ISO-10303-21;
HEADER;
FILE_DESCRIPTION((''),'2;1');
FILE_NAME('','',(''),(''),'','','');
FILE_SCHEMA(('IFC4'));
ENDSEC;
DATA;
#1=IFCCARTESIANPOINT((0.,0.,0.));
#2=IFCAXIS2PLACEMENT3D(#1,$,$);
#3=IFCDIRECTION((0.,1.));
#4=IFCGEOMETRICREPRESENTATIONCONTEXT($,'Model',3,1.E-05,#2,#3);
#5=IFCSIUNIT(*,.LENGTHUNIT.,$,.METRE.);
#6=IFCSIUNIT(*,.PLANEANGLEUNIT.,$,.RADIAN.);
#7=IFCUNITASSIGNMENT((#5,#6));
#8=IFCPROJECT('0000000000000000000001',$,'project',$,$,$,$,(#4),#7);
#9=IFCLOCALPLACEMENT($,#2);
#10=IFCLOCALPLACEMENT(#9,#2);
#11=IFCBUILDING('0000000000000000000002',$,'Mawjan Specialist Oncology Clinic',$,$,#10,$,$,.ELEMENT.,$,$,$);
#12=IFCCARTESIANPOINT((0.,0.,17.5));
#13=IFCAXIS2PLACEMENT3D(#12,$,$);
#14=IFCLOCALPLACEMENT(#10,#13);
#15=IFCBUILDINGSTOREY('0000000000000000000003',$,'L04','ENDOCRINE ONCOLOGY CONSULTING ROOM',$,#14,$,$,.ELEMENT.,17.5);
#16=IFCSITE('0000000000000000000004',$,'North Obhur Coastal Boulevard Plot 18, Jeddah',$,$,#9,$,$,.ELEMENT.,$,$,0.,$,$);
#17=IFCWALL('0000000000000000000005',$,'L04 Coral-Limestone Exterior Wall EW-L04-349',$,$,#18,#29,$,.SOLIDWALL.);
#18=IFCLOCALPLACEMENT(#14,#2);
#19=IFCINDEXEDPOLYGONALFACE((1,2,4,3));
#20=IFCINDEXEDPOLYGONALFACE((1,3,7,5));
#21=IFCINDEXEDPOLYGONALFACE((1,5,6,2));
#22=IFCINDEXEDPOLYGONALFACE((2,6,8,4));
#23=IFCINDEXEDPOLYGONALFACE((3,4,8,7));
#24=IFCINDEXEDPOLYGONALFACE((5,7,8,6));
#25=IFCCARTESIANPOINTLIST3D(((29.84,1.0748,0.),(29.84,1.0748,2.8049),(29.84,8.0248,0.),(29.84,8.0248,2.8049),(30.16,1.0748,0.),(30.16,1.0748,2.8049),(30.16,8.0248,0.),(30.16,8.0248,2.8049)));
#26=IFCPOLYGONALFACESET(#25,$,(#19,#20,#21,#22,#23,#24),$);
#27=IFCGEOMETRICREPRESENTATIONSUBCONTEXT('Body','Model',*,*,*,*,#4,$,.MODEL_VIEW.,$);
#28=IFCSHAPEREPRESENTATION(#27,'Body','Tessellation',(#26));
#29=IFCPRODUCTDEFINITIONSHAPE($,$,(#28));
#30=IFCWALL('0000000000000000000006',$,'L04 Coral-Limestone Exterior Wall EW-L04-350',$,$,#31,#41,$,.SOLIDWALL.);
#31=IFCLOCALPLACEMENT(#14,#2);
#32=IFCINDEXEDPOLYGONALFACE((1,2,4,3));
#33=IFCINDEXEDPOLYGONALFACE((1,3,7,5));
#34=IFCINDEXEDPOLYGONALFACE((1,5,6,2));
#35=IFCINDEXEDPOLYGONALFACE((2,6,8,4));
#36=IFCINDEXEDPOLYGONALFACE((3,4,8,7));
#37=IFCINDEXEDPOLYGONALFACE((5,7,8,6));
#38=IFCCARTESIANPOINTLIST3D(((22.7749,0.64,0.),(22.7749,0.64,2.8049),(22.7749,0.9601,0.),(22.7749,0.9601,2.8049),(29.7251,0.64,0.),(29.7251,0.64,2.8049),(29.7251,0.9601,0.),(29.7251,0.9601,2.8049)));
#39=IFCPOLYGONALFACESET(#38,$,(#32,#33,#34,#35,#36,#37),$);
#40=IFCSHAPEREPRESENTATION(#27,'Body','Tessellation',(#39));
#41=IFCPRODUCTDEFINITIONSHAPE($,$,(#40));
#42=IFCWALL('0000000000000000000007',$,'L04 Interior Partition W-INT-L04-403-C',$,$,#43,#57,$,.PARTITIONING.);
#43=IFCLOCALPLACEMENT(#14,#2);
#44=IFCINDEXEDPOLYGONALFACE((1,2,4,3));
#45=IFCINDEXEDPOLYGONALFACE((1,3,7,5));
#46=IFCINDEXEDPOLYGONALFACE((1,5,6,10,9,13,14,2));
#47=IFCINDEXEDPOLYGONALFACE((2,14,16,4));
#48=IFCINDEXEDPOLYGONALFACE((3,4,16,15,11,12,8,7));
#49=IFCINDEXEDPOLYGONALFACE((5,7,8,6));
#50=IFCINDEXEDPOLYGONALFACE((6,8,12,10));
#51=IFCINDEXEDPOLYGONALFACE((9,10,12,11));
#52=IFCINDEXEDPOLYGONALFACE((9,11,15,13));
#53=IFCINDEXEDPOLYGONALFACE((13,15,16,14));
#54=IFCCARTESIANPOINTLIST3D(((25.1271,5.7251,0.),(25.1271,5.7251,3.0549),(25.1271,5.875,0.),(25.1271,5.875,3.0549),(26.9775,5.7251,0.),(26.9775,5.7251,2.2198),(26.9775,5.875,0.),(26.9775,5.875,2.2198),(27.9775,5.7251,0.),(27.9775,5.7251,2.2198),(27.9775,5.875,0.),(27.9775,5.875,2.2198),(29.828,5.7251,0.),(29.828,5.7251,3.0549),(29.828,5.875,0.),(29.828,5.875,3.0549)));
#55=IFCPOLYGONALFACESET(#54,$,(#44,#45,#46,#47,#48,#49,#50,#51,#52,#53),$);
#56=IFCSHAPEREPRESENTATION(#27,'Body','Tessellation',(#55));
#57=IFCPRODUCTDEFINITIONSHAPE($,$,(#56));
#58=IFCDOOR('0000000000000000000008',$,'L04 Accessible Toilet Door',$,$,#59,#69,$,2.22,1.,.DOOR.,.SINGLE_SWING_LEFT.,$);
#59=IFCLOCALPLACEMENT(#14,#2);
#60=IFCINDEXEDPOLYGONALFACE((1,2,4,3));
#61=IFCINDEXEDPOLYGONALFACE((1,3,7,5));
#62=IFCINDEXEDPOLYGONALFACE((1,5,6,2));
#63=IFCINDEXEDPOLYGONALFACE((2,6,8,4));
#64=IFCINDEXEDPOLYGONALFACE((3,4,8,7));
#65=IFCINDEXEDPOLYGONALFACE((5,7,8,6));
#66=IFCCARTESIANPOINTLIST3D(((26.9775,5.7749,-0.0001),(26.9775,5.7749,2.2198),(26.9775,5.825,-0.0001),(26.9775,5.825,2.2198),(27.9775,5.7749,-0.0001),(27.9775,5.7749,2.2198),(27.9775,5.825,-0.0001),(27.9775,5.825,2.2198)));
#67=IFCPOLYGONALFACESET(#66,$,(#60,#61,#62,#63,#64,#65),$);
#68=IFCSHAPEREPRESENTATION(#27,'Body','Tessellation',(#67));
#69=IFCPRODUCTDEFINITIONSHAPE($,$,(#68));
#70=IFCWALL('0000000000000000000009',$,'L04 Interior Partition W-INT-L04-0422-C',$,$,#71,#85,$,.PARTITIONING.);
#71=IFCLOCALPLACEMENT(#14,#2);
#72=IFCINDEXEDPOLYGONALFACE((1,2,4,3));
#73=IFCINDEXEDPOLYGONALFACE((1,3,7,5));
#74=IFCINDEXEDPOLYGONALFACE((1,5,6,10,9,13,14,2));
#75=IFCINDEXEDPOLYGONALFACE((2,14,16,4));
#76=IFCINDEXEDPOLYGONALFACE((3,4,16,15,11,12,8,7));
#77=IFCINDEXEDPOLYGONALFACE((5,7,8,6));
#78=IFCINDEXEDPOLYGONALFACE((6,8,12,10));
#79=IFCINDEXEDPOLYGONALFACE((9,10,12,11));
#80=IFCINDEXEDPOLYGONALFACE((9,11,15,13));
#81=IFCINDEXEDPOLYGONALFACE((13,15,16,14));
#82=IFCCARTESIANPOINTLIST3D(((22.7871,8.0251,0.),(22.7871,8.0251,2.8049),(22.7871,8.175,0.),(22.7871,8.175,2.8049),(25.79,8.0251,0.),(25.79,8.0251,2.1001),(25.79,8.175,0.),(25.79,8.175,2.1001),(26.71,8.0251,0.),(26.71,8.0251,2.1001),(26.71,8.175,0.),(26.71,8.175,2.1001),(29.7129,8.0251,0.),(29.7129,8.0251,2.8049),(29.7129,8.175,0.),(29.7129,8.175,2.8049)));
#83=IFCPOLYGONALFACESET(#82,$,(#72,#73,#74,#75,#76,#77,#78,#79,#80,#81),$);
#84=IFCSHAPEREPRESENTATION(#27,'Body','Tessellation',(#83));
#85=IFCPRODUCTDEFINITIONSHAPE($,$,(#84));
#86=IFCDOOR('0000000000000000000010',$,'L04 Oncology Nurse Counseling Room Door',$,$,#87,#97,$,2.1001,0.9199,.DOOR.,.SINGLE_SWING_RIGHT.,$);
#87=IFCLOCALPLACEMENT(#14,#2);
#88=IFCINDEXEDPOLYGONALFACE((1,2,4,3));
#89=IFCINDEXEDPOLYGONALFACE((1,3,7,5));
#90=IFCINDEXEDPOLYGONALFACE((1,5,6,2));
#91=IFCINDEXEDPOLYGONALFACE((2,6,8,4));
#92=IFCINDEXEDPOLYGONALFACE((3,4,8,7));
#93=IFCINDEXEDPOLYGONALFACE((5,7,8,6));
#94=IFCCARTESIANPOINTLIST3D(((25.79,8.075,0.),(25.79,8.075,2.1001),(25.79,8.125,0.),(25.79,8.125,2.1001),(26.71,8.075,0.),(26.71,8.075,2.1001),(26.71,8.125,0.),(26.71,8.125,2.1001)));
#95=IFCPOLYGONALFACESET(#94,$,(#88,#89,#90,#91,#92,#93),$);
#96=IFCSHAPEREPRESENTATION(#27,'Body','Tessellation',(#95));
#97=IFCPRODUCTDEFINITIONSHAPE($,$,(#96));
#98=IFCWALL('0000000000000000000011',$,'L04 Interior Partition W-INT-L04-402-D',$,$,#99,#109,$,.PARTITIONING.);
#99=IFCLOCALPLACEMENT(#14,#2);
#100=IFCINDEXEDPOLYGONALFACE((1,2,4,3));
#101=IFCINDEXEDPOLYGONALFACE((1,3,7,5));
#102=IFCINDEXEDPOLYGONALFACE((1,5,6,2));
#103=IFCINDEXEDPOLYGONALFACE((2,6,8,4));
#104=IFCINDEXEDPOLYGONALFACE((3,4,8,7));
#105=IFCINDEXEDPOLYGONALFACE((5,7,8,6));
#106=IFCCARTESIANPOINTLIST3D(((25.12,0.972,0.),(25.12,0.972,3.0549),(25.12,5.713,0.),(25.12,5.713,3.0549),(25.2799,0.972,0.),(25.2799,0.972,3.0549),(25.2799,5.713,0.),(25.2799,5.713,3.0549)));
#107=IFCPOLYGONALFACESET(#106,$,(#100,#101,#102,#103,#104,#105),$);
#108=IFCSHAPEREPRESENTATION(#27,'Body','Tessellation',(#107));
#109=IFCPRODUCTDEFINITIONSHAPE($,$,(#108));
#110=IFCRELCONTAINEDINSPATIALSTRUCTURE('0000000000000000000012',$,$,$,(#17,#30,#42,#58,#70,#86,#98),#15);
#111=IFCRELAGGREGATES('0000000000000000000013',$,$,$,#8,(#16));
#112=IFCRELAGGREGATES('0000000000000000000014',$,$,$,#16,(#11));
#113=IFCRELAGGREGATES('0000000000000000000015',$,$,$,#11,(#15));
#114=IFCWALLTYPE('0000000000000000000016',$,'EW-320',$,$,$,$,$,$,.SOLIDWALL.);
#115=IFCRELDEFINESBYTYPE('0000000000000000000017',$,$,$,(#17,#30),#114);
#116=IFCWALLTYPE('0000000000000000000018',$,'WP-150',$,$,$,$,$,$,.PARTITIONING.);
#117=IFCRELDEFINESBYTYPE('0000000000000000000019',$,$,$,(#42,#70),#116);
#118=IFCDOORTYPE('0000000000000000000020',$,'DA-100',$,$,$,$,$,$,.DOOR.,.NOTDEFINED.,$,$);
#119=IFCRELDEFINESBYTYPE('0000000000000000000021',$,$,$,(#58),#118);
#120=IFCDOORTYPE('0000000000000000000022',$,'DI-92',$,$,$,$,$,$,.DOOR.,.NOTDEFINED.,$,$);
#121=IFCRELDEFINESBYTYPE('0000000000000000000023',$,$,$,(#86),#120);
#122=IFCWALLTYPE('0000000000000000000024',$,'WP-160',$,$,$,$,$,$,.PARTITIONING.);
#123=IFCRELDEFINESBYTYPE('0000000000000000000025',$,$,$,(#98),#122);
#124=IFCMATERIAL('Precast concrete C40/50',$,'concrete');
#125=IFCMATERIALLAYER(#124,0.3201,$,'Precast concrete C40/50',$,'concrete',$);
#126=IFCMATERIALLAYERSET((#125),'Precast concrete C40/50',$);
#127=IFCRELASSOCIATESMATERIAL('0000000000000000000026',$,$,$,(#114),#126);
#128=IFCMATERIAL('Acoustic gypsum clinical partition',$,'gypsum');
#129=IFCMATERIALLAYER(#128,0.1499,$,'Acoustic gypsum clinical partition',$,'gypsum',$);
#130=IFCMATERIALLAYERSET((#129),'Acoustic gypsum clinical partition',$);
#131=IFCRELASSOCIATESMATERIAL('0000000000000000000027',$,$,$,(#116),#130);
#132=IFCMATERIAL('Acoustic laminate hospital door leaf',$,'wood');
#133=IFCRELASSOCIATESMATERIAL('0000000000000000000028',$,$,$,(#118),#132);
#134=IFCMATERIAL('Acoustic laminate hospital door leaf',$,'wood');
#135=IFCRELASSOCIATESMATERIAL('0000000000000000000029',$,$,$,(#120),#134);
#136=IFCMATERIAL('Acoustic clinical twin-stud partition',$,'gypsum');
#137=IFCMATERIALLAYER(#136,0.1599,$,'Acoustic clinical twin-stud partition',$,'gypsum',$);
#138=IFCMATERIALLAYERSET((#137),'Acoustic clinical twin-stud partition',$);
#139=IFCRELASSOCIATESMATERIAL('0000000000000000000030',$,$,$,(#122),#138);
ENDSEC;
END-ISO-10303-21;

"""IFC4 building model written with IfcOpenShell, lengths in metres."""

from ifc_helpers import new_model, si_unit, direction, frame, frame_2d, origin, place, context, subcontext, project, spatial, rectangle, extrude, material, layer, layer_set, type_object, element, fill, save


model = new_model("IFC4")

# Units and contexts
model_context = context("Model", 3, precision=1e-05, world=origin(), true_north=direction((0.0, 1.0)))
body_context = subcontext(model_context, "Body", "Model", "MODEL_VIEW")
ifc_project = project(units=[si_unit("LENGTHUNIT", "METRE"), si_unit("PLANEANGLEUNIT", "RADIAN")], contexts=[model_context])

# Site, building, storey
site_placement = place(None, origin())
site = spatial("IfcSite", under=ifc_project, at=site_placement, Name="North Obhur Coastal Boulevard Plot 18, Jeddah", CompositionType="ELEMENT", RefElevation=0.0)
building_placement = place(site_placement, origin())
building = spatial("IfcBuilding", under=site, at=building_placement, Name="Mawjan Specialist Oncology Clinic", CompositionType="ELEMENT")
storey_placement = place(building_placement, frame((0.0, 0.0, 17.5)))
storey = spatial("IfcBuildingStorey", under=building, at=storey_placement, Name="L04", Description="ENDOCRINE ONCOLOGY CONSULTING ROOM", CompositionType="ELEMENT", Elevation=17.5)

# Shared definitions
ifc_material_1 = material(Name="Precast concrete C40/50", Category="concrete")
ifc_layer_1 = layer(ifc_material_1, 0.3201, Name="Precast concrete C40/50", Category="concrete")
ifc_layer_set_1 = layer_set([ifc_layer_1], Name="Precast concrete C40/50")
wall_type_1 = type_object("IfcWallType", Name="EW-320", PredefinedType="SOLIDWALL", material=ifc_layer_set_1)

# Walls
wall_1_placement = place(storey_placement, frame((30.0, 8.0249, 0.0), z_axis=(0.0, 0.0, 1.0), x_axis=(0.0, -1.0, 0.0)))
element("IfcWall", 1, at=wall_1_placement, inside=storey, type_object=wall_type_1, Name="L04 Coral-Limestone Exterior Wall EW-L04-349", PredefinedType="SOLIDWALL", context=body_context, shape_type="SweptSolid", body=[
    extrude(rectangle(XDim=6.95, YDim=0.3201, at=frame_2d((3.4751, 0.0))), origin(), (0.0, 0.0, 1.0), 2.8049),
])
wall_2_placement = place(storey_placement, frame((29.7251, 0.8, 0.0), z_axis=(0.0, 0.0, 1.0), x_axis=(-1.0, 0.0, 0.0)))
element("IfcWall", 2, at=wall_2_placement, inside=storey, type_object=wall_type_1, Name="L04 Coral-Limestone Exterior Wall EW-L04-350", PredefinedType="SOLIDWALL", context=body_context, shape_type="SweptSolid", body=[
    extrude(rectangle(XDim=6.9502, YDim=0.3201, at=frame_2d((3.4751, 0.0))), origin(), (0.0, 0.0, 1.0), 2.8049),
])

# Walls, openings, doors
ifc_material_2 = material(Name="Acoustic gypsum clinical partition", Category="gypsum")
ifc_layer_2 = layer(ifc_material_2, 0.1499, Name="Acoustic gypsum clinical partition", Category="gypsum")
ifc_layer_set_2 = layer_set([ifc_layer_2], Name="Acoustic gypsum clinical partition")
wall_type_2 = type_object("IfcWallType", Name="WP-150", PredefinedType="PARTITIONING", material=ifc_layer_set_2)
wall_3_placement = place(storey_placement, frame((25.127, 5.8, 0.0), z_axis=(0.0, 0.0, 1.0), x_axis=(1.0, 0.0, 0.0)))
wall_3 = element("IfcWall", 3, at=wall_3_placement, inside=storey, type_object=wall_type_2, Name="L04 Interior Partition W-INT-L04-403-C", PredefinedType="PARTITIONING", context=body_context, shape_type="SweptSolid", body=[
    extrude(rectangle(XDim=4.7009, YDim=0.1499, at=frame_2d((2.3506, 0.0))), origin(), (0.0, 0.0, 1.0), 3.0549),
])
opening_1_placement = place(wall_3_placement, frame((1.8506, 0.0, 0.0)))
opening_1 = element("IfcOpeningElement", 4, at=opening_1_placement, cuts=wall_3, PredefinedType="OPENING", context=body_context, shape_type="SweptSolid", body=[
    extrude(rectangle(XDim=1.0, YDim=2.22, at=frame_2d((0.5, 1.1099))), frame((0.0, 0.0869, 0.0), z_axis=(0.0, -1.0, 0.0), x_axis=(1.0, 0.0, 0.0)), (0.0, 0.0, 1.0), 0.1738),
])
ifc_material_3 = material(Name="Acoustic laminate hospital door leaf", Category="wood")
door_type_1 = type_object("IfcDoorType", Name="DA-100", OperationType="NOTDEFINED", PredefinedType="DOOR", material=ifc_material_3)
door_1_placement = place(opening_1_placement, origin())
door_1 = element("IfcDoor", 5, at=door_1_placement, inside=storey, type_object=door_type_1, Name="L04 Accessible Toilet Door", OperationType="SINGLE_SWING_LEFT", OverallHeight=2.22, OverallWidth=1.0, PredefinedType="DOOR", context=body_context, shape_type="SweptSolid", body=[
    extrude(rectangle(XDim=1.0, YDim=2.22, at=frame_2d((0.5, 1.1099))), frame((0.0, 0.0249, 0.0), z_axis=(0.0, -1.0, 0.0), x_axis=(1.0, 0.0, 0.0)), (0.0, 0.0, 1.0), 0.05),
])
fill(opening_1, door_1)
wall_4_placement = place(storey_placement, frame((22.7871, 8.1001, 0.0), z_axis=(0.0, 0.0, 1.0), x_axis=(1.0, 0.0, 0.0)))
wall_4 = element("IfcWall", 6, at=wall_4_placement, inside=storey, type_object=wall_type_2, Name="L04 Interior Partition W-INT-L04-0422-C", PredefinedType="PARTITIONING", context=body_context, shape_type="SweptSolid", body=[
    extrude(rectangle(XDim=6.9258, YDim=0.1499, at=frame_2d((3.4629, 0.0))), origin(), (0.0, 0.0, 1.0), 2.8049),
])
opening_2_placement = place(wall_4_placement, frame((3.0029, 0.0, 0.0)))
opening_2 = element("IfcOpeningElement", 7, at=opening_2_placement, cuts=wall_4, PredefinedType="OPENING", context=body_context, shape_type="SweptSolid", body=[
    extrude(rectangle(XDim=0.9199, YDim=2.1001, at=frame_2d((0.46, 1.05))), frame((0.0, 0.0869, 0.0), z_axis=(0.0, -1.0, 0.0), x_axis=(1.0, 0.0, 0.0)), (0.0, 0.0, 1.0), 0.1738),
])
ifc_material_4 = material(Name="Acoustic laminate hospital door leaf", Category="wood")
door_type_2 = type_object("IfcDoorType", Name="DI-92", OperationType="NOTDEFINED", PredefinedType="DOOR", material=ifc_material_4)
door_2_placement = place(opening_2_placement, origin())
door_2 = element("IfcDoor", 8, at=door_2_placement, inside=storey, type_object=door_type_2, Name="L04 Oncology Nurse Counseling Room Door", OperationType="SINGLE_SWING_RIGHT", OverallHeight=2.1001, OverallWidth=0.9199, PredefinedType="DOOR", context=body_context, shape_type="SweptSolid", body=[
    extrude(rectangle(XDim=0.9199, YDim=2.1001, at=frame_2d((0.46, 1.05))), frame((0.0, 0.0249, 0.0), z_axis=(0.0, -1.0, 0.0), x_axis=(1.0, 0.0, 0.0)), (0.0, 0.0, 1.0), 0.05),
])
fill(opening_2, door_2)

# Wall
ifc_material_5 = material(Name="Acoustic clinical twin-stud partition", Category="gypsum")
ifc_layer_3 = layer(ifc_material_5, 0.1599, Name="Acoustic clinical twin-stud partition", Category="gypsum")
ifc_layer_set_3 = layer_set([ifc_layer_3], Name="Acoustic clinical twin-stud partition")
wall_type_3 = type_object("IfcWallType", Name="WP-160", PredefinedType="PARTITIONING", material=ifc_layer_set_3)
wall_5_placement = place(storey_placement, frame((25.2, 0.9719, 0.0), z_axis=(0.0, 0.0, 1.0), x_axis=(0.0, 1.0, 0.0)))
element("IfcWall", 9, at=wall_5_placement, inside=storey, type_object=wall_type_3, Name="L04 Interior Partition W-INT-L04-402-D", PredefinedType="PARTITIONING", context=body_context, shape_type="SweptSolid", body=[
    extrude(rectangle(XDim=4.741, YDim=0.1599, at=frame_2d((2.3706, 0.0))), origin(), (0.0, 0.0, 1.0), 3.0549),
])

save(model, "model.ifc")
